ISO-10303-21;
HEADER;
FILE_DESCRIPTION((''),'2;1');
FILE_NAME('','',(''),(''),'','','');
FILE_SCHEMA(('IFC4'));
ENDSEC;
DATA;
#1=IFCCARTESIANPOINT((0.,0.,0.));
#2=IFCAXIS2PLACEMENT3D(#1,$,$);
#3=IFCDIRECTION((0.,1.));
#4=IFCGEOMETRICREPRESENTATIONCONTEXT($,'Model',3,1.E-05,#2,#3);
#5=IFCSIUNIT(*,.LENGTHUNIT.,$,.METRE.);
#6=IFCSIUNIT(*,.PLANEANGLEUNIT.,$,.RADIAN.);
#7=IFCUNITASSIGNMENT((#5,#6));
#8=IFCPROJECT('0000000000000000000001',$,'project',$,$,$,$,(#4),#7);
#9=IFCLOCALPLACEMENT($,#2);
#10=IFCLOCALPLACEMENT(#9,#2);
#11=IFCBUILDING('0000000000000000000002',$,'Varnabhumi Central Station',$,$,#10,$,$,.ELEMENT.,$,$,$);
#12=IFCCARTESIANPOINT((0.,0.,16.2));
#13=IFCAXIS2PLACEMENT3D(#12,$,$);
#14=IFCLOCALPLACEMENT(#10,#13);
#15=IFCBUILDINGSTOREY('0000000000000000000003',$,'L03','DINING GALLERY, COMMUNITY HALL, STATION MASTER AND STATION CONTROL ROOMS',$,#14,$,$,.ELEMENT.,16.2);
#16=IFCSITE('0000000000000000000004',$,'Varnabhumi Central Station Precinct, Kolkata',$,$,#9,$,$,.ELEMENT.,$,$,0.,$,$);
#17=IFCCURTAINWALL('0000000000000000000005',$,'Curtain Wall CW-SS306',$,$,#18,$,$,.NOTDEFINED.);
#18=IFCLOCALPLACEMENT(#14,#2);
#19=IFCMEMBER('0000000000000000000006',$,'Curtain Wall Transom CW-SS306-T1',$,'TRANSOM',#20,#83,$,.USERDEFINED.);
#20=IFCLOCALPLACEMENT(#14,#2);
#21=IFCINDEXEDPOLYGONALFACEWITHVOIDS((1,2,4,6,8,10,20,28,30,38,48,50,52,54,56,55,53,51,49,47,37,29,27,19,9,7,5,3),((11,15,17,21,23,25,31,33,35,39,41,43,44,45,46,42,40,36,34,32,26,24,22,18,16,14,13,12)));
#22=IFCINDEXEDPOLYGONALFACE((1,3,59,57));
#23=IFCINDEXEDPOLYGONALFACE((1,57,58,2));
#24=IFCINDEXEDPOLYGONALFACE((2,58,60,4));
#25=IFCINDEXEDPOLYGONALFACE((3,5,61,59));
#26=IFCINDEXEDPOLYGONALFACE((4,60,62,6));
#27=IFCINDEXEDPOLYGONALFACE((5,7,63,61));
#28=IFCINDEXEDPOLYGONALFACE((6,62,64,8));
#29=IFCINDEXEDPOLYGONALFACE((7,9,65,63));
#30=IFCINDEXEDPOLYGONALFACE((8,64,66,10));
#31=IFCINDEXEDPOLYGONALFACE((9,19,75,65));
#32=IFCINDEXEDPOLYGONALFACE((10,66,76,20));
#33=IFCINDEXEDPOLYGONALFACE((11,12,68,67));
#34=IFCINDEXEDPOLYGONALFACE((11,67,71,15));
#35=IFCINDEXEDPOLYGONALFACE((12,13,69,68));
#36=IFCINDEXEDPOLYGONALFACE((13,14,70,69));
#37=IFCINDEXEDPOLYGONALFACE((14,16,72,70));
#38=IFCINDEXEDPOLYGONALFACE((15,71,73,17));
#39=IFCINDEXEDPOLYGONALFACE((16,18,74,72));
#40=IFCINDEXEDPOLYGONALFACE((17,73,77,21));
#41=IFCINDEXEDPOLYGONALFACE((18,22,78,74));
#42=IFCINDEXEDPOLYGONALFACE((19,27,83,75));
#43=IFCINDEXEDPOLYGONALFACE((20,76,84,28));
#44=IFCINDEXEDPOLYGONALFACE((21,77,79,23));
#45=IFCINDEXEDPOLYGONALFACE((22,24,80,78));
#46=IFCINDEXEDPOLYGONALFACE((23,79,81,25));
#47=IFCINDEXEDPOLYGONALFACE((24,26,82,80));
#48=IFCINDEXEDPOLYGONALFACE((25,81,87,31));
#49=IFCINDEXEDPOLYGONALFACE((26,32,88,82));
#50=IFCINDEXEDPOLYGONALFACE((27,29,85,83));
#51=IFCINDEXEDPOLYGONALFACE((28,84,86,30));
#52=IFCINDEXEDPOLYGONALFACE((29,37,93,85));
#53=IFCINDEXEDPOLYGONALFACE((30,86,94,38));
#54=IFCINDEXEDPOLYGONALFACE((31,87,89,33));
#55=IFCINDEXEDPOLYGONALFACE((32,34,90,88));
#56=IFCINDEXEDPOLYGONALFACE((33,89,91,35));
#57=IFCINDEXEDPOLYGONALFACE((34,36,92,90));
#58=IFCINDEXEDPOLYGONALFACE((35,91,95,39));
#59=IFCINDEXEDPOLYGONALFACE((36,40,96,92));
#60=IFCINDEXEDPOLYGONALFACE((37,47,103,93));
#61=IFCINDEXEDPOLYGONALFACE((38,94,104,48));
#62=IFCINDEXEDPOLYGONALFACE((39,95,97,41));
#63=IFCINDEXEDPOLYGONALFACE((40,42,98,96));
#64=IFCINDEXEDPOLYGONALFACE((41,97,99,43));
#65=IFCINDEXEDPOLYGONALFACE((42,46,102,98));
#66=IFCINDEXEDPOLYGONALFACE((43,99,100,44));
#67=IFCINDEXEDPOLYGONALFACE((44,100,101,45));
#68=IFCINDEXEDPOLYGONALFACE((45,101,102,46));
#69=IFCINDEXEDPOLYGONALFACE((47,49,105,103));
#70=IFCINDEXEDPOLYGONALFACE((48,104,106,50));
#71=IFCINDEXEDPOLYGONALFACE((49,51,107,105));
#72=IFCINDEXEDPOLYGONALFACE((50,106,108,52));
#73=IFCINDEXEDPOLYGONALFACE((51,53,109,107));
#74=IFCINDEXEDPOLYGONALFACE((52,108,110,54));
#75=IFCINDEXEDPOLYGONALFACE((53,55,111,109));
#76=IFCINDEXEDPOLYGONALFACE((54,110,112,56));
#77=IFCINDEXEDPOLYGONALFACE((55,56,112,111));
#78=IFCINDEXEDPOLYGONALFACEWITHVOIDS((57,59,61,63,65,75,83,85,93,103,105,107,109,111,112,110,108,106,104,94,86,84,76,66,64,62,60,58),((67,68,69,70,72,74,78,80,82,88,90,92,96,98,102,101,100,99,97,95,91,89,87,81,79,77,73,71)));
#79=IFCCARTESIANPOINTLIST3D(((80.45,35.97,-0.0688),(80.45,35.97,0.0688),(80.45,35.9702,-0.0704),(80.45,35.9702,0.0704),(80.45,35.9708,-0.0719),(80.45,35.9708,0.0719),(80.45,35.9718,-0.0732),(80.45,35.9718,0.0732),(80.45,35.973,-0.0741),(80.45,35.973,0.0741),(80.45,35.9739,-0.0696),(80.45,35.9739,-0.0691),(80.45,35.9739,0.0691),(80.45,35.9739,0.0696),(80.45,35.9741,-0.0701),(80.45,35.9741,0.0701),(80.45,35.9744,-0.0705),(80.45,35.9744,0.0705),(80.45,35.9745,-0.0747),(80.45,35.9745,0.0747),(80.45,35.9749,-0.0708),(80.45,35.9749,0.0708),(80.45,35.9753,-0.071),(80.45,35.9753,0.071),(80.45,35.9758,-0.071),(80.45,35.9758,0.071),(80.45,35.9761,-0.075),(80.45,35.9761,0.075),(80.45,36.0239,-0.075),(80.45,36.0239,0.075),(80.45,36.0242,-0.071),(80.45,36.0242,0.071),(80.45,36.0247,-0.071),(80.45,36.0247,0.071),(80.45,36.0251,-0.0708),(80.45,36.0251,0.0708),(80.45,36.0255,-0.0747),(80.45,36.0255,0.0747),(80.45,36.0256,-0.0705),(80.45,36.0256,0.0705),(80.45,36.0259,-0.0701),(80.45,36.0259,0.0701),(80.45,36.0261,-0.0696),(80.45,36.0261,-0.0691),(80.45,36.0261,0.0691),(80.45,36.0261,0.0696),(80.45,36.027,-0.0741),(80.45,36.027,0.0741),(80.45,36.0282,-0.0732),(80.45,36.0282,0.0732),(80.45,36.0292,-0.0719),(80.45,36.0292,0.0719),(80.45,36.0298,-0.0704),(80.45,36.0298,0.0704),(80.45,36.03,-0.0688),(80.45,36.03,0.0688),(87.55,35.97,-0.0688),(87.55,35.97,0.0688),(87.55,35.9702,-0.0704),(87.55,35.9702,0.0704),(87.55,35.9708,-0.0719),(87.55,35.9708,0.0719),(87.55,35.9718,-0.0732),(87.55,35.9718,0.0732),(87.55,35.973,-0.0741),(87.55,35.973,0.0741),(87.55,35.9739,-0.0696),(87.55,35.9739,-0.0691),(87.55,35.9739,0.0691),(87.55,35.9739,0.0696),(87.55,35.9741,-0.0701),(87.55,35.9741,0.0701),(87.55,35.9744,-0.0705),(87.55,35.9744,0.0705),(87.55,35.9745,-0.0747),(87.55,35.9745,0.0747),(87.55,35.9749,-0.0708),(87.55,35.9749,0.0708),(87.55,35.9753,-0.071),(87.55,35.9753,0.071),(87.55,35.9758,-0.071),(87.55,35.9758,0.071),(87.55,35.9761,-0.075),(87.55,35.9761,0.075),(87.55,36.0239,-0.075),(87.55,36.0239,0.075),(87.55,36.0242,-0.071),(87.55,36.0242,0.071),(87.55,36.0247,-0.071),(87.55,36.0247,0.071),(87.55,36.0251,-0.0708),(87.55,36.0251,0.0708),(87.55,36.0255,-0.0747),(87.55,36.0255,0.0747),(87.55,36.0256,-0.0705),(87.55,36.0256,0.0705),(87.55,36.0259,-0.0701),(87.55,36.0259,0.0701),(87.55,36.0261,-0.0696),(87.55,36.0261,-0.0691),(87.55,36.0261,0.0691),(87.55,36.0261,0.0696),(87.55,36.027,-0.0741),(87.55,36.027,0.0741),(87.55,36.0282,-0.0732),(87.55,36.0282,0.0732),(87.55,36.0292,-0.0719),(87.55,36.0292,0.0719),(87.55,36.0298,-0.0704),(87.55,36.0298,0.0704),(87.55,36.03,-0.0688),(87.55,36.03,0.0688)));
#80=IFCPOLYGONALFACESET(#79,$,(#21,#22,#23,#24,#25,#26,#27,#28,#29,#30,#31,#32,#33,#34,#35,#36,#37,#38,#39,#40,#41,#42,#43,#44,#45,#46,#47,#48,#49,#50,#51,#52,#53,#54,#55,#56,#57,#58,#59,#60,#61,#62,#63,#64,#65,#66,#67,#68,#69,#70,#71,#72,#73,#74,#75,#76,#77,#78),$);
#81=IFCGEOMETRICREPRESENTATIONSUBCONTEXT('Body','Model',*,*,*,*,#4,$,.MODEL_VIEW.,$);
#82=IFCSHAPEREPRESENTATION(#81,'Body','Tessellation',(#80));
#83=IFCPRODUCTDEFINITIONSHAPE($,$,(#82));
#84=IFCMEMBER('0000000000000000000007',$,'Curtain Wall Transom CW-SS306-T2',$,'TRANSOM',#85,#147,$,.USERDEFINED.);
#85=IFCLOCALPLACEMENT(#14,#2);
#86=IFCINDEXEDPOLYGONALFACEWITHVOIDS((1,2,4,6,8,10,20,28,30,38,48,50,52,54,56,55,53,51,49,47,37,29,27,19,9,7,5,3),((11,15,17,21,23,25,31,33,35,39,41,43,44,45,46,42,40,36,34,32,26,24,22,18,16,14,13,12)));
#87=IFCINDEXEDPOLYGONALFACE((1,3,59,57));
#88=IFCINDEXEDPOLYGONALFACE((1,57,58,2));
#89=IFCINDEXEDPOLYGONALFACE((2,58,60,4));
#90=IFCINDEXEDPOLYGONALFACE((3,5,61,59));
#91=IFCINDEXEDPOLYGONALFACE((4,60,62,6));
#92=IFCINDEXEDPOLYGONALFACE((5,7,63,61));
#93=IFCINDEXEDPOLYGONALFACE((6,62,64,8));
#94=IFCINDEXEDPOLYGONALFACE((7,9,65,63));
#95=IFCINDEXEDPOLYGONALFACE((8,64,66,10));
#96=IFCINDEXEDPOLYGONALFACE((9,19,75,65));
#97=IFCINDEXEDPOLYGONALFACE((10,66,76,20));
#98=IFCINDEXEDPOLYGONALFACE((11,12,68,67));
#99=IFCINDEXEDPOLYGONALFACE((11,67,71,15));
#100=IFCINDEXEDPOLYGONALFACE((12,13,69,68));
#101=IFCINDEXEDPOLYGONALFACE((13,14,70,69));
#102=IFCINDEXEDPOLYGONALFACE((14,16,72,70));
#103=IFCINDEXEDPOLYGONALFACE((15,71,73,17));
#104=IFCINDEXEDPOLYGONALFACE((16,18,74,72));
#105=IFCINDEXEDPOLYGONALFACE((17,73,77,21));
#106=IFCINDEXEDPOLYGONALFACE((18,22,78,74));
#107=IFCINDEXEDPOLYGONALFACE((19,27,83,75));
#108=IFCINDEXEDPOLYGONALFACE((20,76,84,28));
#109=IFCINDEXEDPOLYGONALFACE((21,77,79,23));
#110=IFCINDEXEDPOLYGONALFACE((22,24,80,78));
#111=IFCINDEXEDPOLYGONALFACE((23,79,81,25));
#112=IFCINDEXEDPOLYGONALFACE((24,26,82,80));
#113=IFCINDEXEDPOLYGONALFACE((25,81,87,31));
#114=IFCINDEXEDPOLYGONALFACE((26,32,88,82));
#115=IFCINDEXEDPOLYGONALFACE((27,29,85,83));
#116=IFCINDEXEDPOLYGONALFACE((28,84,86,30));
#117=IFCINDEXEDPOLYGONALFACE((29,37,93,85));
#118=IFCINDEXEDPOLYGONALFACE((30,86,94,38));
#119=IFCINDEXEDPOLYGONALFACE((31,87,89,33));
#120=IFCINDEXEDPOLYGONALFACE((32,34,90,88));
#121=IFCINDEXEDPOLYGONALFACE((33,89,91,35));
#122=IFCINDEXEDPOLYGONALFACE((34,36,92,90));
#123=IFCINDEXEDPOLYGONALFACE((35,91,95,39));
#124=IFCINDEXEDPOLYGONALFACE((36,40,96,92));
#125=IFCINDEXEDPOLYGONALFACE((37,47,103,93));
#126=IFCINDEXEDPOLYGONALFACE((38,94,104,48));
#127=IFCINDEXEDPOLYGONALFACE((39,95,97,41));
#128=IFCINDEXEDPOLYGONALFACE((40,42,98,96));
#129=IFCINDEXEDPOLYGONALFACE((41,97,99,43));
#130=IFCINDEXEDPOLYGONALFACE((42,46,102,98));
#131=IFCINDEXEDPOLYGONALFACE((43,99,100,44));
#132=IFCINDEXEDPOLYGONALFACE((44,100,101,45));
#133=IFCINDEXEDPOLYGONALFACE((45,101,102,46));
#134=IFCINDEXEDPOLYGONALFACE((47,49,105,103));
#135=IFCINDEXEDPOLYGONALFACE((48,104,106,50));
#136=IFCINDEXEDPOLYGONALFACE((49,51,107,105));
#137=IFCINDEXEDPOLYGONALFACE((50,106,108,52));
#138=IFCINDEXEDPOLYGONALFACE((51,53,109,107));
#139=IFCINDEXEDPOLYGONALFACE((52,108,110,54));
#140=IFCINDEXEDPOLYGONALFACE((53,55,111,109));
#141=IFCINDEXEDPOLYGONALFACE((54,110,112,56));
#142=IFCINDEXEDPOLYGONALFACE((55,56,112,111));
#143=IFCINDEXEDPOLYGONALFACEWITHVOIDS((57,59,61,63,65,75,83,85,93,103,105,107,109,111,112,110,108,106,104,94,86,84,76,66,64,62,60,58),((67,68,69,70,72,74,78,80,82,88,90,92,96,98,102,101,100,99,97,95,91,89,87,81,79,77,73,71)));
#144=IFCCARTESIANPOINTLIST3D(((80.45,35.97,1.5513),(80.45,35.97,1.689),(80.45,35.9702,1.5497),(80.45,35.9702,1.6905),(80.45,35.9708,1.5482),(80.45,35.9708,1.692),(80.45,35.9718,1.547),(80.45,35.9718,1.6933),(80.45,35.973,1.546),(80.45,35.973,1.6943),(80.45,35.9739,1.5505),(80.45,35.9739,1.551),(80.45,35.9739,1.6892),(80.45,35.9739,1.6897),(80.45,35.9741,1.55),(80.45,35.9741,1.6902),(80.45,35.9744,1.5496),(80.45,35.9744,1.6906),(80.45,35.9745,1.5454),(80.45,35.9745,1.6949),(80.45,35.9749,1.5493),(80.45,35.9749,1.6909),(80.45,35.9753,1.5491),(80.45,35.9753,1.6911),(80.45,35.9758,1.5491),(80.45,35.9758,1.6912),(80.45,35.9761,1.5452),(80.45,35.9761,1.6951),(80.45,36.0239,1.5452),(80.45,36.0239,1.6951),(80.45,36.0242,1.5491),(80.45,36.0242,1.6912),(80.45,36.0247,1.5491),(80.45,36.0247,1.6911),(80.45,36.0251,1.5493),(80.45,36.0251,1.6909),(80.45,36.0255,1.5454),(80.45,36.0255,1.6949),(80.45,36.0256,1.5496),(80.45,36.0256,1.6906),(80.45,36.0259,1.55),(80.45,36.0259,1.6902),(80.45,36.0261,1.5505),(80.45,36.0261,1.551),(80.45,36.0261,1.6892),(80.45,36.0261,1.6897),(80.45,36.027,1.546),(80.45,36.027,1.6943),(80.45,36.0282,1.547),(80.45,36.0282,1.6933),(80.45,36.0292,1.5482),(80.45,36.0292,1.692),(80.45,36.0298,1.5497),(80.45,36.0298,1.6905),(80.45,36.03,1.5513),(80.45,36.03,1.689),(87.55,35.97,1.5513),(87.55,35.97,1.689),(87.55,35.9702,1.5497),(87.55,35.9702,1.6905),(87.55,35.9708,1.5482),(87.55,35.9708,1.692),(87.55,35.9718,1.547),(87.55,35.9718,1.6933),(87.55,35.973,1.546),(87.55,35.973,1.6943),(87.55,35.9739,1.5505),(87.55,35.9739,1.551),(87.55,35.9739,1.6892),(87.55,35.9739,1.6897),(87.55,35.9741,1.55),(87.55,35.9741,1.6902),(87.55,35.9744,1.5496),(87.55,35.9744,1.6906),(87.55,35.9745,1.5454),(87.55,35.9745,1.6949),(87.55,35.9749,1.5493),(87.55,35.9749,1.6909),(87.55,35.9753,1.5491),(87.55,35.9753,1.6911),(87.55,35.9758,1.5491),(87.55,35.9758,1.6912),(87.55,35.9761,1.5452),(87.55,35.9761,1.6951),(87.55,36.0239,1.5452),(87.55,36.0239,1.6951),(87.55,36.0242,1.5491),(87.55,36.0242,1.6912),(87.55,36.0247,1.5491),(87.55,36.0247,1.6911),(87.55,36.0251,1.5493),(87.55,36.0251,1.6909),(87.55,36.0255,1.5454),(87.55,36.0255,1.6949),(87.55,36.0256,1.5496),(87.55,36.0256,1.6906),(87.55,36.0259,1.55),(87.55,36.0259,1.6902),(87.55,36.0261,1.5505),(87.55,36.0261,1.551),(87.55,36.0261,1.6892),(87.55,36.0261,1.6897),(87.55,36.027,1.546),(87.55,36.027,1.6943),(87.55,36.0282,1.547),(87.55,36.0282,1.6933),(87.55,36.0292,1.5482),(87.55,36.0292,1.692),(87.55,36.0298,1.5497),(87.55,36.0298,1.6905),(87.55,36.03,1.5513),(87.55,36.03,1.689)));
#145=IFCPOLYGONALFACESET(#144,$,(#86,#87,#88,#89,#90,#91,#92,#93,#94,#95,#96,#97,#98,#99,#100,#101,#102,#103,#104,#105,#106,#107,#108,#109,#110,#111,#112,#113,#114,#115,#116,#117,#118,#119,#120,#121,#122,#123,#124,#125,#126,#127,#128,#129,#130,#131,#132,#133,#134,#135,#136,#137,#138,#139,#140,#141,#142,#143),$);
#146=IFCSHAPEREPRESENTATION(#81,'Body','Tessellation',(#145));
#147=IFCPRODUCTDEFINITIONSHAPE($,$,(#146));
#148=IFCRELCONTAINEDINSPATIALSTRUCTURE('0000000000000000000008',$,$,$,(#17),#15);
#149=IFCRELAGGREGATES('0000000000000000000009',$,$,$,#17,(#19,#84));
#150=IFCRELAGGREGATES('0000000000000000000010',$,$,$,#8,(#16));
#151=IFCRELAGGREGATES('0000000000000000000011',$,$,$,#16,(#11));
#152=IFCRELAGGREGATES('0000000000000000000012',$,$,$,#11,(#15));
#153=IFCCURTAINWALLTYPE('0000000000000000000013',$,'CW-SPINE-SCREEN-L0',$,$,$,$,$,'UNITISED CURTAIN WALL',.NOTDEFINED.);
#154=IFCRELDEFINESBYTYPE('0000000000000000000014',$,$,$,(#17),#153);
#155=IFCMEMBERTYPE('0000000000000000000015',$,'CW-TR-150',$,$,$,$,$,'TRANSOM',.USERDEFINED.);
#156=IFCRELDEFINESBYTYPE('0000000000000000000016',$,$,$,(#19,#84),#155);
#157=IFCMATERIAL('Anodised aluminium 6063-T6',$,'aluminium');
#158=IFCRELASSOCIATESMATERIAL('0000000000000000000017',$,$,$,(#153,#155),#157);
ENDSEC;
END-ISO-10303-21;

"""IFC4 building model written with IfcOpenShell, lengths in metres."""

from ifc_helpers import new_model, si_unit, direction, frame, origin, origin_2d, place, context, subcontext, project, spatial, hollow_rectangle, extrude, material, material_profile, profile_set, type_object, element, aggregate, save


model = new_model("IFC4")

# Units and contexts
model_context = context("Model", 3, precision=1e-05, world=origin(), true_north=direction((0.0, 1.0)))
body_context = subcontext(model_context, "Body", "Model", "MODEL_VIEW")
ifc_project = project(units=[si_unit("LENGTHUNIT", "METRE"), si_unit("PLANEANGLEUNIT", "RADIAN")], contexts=[model_context])

# Site, building, storey
site_placement = place(None, origin())
site = spatial("IfcSite", under=ifc_project, at=site_placement, Name="Varnabhumi Central Station Precinct, Kolkata", CompositionType="ELEMENT", RefElevation=0.0)
building_placement = place(site_placement, origin())
building = spatial("IfcBuilding", under=site, at=building_placement, Name="Varnabhumi Central Station", CompositionType="ELEMENT")
storey_placement = place(building_placement, frame((0.0, 0.0, 16.2)))
storey = spatial("IfcBuildingStorey", under=building, at=storey_placement, Name="L03", Description="DINING GALLERY, COMMUNITY HALL, STATION MASTER AND STATION CONTROL ROOMS", CompositionType="ELEMENT", Elevation=16.2)

# Curtain wall, members
ifc_material_1 = material(Name="Anodised aluminium 6063-T6", Category="aluminium")
curtain_wall_type = type_object("IfcCurtainWallType", Name="CW-SPINE-SCREEN-L0", ElementType="UNITISED CURTAIN WALL", PredefinedType="NOTDEFINED", material=ifc_material_1)
curtain_wall_placement = place(storey_placement, origin())
curtain_wall = element("IfcCurtainWall", 1, at=curtain_wall_placement, inside=storey, type_object=curtain_wall_type, Name="Curtain Wall CW-SS306", PredefinedType="NOTDEFINED")
ifc_material_profile_1 = material_profile(ifc_material_1, hollow_rectangle(XDim=0.0601, YDim=0.1499, WallThickness=0.0039, InnerFilletRadius=0.002, OuterFilletRadius=0.0061, at=origin_2d()), Name="Anodised aluminium 6063-T6", Category="aluminium")
ifc_profile_set_1 = profile_set([ifc_material_profile_1], Name="Anodised aluminium 6063-T6")
member_type_1 = type_object("IfcMemberType", Name="CW-TR-150", ElementType="TRANSOM", PredefinedType="USERDEFINED", material=ifc_profile_set_1)
member_1_placement = place(storey_placement, frame((80.45, 36.0, 0.0), z_axis=(1.0, 0.0, 0.0), x_axis=(0.0, 1.0, 0.0)))
member_1 = element("IfcMember", 2, at=member_1_placement, type_object=member_type_1, Name="Curtain Wall Transom CW-SS306-T1", ObjectType="TRANSOM", PredefinedType="USERDEFINED", context=body_context, shape_type="SweptSolid", body=[
    extrude(hollow_rectangle(XDim=0.0601, YDim=0.1499, WallThickness=0.0039, InnerFilletRadius=0.002, OuterFilletRadius=0.0061, at=origin_2d()), origin(), (0.0, 0.0, 1.0), 7.1001),
])
member_2_placement = place(storey_placement, frame((80.45, 36.0, 1.6201), z_axis=(1.0, 0.0, 0.0), x_axis=(0.0, 1.0, 0.0)))
member_2 = element("IfcMember", 3, at=member_2_placement, type_object=member_type_1, Name="Curtain Wall Transom CW-SS306-T2", ObjectType="TRANSOM", PredefinedType="USERDEFINED", context=body_context, shape_type="SweptSolid", body=[
    extrude(hollow_rectangle(XDim=0.0601, YDim=0.1499, WallThickness=0.0039, InnerFilletRadius=0.002, OuterFilletRadius=0.0061, at=origin_2d()), origin(), (0.0, 0.0, 1.0), 7.1001),
])
aggregate(curtain_wall, [member_1, member_2])

save(model, "model.ifc")
